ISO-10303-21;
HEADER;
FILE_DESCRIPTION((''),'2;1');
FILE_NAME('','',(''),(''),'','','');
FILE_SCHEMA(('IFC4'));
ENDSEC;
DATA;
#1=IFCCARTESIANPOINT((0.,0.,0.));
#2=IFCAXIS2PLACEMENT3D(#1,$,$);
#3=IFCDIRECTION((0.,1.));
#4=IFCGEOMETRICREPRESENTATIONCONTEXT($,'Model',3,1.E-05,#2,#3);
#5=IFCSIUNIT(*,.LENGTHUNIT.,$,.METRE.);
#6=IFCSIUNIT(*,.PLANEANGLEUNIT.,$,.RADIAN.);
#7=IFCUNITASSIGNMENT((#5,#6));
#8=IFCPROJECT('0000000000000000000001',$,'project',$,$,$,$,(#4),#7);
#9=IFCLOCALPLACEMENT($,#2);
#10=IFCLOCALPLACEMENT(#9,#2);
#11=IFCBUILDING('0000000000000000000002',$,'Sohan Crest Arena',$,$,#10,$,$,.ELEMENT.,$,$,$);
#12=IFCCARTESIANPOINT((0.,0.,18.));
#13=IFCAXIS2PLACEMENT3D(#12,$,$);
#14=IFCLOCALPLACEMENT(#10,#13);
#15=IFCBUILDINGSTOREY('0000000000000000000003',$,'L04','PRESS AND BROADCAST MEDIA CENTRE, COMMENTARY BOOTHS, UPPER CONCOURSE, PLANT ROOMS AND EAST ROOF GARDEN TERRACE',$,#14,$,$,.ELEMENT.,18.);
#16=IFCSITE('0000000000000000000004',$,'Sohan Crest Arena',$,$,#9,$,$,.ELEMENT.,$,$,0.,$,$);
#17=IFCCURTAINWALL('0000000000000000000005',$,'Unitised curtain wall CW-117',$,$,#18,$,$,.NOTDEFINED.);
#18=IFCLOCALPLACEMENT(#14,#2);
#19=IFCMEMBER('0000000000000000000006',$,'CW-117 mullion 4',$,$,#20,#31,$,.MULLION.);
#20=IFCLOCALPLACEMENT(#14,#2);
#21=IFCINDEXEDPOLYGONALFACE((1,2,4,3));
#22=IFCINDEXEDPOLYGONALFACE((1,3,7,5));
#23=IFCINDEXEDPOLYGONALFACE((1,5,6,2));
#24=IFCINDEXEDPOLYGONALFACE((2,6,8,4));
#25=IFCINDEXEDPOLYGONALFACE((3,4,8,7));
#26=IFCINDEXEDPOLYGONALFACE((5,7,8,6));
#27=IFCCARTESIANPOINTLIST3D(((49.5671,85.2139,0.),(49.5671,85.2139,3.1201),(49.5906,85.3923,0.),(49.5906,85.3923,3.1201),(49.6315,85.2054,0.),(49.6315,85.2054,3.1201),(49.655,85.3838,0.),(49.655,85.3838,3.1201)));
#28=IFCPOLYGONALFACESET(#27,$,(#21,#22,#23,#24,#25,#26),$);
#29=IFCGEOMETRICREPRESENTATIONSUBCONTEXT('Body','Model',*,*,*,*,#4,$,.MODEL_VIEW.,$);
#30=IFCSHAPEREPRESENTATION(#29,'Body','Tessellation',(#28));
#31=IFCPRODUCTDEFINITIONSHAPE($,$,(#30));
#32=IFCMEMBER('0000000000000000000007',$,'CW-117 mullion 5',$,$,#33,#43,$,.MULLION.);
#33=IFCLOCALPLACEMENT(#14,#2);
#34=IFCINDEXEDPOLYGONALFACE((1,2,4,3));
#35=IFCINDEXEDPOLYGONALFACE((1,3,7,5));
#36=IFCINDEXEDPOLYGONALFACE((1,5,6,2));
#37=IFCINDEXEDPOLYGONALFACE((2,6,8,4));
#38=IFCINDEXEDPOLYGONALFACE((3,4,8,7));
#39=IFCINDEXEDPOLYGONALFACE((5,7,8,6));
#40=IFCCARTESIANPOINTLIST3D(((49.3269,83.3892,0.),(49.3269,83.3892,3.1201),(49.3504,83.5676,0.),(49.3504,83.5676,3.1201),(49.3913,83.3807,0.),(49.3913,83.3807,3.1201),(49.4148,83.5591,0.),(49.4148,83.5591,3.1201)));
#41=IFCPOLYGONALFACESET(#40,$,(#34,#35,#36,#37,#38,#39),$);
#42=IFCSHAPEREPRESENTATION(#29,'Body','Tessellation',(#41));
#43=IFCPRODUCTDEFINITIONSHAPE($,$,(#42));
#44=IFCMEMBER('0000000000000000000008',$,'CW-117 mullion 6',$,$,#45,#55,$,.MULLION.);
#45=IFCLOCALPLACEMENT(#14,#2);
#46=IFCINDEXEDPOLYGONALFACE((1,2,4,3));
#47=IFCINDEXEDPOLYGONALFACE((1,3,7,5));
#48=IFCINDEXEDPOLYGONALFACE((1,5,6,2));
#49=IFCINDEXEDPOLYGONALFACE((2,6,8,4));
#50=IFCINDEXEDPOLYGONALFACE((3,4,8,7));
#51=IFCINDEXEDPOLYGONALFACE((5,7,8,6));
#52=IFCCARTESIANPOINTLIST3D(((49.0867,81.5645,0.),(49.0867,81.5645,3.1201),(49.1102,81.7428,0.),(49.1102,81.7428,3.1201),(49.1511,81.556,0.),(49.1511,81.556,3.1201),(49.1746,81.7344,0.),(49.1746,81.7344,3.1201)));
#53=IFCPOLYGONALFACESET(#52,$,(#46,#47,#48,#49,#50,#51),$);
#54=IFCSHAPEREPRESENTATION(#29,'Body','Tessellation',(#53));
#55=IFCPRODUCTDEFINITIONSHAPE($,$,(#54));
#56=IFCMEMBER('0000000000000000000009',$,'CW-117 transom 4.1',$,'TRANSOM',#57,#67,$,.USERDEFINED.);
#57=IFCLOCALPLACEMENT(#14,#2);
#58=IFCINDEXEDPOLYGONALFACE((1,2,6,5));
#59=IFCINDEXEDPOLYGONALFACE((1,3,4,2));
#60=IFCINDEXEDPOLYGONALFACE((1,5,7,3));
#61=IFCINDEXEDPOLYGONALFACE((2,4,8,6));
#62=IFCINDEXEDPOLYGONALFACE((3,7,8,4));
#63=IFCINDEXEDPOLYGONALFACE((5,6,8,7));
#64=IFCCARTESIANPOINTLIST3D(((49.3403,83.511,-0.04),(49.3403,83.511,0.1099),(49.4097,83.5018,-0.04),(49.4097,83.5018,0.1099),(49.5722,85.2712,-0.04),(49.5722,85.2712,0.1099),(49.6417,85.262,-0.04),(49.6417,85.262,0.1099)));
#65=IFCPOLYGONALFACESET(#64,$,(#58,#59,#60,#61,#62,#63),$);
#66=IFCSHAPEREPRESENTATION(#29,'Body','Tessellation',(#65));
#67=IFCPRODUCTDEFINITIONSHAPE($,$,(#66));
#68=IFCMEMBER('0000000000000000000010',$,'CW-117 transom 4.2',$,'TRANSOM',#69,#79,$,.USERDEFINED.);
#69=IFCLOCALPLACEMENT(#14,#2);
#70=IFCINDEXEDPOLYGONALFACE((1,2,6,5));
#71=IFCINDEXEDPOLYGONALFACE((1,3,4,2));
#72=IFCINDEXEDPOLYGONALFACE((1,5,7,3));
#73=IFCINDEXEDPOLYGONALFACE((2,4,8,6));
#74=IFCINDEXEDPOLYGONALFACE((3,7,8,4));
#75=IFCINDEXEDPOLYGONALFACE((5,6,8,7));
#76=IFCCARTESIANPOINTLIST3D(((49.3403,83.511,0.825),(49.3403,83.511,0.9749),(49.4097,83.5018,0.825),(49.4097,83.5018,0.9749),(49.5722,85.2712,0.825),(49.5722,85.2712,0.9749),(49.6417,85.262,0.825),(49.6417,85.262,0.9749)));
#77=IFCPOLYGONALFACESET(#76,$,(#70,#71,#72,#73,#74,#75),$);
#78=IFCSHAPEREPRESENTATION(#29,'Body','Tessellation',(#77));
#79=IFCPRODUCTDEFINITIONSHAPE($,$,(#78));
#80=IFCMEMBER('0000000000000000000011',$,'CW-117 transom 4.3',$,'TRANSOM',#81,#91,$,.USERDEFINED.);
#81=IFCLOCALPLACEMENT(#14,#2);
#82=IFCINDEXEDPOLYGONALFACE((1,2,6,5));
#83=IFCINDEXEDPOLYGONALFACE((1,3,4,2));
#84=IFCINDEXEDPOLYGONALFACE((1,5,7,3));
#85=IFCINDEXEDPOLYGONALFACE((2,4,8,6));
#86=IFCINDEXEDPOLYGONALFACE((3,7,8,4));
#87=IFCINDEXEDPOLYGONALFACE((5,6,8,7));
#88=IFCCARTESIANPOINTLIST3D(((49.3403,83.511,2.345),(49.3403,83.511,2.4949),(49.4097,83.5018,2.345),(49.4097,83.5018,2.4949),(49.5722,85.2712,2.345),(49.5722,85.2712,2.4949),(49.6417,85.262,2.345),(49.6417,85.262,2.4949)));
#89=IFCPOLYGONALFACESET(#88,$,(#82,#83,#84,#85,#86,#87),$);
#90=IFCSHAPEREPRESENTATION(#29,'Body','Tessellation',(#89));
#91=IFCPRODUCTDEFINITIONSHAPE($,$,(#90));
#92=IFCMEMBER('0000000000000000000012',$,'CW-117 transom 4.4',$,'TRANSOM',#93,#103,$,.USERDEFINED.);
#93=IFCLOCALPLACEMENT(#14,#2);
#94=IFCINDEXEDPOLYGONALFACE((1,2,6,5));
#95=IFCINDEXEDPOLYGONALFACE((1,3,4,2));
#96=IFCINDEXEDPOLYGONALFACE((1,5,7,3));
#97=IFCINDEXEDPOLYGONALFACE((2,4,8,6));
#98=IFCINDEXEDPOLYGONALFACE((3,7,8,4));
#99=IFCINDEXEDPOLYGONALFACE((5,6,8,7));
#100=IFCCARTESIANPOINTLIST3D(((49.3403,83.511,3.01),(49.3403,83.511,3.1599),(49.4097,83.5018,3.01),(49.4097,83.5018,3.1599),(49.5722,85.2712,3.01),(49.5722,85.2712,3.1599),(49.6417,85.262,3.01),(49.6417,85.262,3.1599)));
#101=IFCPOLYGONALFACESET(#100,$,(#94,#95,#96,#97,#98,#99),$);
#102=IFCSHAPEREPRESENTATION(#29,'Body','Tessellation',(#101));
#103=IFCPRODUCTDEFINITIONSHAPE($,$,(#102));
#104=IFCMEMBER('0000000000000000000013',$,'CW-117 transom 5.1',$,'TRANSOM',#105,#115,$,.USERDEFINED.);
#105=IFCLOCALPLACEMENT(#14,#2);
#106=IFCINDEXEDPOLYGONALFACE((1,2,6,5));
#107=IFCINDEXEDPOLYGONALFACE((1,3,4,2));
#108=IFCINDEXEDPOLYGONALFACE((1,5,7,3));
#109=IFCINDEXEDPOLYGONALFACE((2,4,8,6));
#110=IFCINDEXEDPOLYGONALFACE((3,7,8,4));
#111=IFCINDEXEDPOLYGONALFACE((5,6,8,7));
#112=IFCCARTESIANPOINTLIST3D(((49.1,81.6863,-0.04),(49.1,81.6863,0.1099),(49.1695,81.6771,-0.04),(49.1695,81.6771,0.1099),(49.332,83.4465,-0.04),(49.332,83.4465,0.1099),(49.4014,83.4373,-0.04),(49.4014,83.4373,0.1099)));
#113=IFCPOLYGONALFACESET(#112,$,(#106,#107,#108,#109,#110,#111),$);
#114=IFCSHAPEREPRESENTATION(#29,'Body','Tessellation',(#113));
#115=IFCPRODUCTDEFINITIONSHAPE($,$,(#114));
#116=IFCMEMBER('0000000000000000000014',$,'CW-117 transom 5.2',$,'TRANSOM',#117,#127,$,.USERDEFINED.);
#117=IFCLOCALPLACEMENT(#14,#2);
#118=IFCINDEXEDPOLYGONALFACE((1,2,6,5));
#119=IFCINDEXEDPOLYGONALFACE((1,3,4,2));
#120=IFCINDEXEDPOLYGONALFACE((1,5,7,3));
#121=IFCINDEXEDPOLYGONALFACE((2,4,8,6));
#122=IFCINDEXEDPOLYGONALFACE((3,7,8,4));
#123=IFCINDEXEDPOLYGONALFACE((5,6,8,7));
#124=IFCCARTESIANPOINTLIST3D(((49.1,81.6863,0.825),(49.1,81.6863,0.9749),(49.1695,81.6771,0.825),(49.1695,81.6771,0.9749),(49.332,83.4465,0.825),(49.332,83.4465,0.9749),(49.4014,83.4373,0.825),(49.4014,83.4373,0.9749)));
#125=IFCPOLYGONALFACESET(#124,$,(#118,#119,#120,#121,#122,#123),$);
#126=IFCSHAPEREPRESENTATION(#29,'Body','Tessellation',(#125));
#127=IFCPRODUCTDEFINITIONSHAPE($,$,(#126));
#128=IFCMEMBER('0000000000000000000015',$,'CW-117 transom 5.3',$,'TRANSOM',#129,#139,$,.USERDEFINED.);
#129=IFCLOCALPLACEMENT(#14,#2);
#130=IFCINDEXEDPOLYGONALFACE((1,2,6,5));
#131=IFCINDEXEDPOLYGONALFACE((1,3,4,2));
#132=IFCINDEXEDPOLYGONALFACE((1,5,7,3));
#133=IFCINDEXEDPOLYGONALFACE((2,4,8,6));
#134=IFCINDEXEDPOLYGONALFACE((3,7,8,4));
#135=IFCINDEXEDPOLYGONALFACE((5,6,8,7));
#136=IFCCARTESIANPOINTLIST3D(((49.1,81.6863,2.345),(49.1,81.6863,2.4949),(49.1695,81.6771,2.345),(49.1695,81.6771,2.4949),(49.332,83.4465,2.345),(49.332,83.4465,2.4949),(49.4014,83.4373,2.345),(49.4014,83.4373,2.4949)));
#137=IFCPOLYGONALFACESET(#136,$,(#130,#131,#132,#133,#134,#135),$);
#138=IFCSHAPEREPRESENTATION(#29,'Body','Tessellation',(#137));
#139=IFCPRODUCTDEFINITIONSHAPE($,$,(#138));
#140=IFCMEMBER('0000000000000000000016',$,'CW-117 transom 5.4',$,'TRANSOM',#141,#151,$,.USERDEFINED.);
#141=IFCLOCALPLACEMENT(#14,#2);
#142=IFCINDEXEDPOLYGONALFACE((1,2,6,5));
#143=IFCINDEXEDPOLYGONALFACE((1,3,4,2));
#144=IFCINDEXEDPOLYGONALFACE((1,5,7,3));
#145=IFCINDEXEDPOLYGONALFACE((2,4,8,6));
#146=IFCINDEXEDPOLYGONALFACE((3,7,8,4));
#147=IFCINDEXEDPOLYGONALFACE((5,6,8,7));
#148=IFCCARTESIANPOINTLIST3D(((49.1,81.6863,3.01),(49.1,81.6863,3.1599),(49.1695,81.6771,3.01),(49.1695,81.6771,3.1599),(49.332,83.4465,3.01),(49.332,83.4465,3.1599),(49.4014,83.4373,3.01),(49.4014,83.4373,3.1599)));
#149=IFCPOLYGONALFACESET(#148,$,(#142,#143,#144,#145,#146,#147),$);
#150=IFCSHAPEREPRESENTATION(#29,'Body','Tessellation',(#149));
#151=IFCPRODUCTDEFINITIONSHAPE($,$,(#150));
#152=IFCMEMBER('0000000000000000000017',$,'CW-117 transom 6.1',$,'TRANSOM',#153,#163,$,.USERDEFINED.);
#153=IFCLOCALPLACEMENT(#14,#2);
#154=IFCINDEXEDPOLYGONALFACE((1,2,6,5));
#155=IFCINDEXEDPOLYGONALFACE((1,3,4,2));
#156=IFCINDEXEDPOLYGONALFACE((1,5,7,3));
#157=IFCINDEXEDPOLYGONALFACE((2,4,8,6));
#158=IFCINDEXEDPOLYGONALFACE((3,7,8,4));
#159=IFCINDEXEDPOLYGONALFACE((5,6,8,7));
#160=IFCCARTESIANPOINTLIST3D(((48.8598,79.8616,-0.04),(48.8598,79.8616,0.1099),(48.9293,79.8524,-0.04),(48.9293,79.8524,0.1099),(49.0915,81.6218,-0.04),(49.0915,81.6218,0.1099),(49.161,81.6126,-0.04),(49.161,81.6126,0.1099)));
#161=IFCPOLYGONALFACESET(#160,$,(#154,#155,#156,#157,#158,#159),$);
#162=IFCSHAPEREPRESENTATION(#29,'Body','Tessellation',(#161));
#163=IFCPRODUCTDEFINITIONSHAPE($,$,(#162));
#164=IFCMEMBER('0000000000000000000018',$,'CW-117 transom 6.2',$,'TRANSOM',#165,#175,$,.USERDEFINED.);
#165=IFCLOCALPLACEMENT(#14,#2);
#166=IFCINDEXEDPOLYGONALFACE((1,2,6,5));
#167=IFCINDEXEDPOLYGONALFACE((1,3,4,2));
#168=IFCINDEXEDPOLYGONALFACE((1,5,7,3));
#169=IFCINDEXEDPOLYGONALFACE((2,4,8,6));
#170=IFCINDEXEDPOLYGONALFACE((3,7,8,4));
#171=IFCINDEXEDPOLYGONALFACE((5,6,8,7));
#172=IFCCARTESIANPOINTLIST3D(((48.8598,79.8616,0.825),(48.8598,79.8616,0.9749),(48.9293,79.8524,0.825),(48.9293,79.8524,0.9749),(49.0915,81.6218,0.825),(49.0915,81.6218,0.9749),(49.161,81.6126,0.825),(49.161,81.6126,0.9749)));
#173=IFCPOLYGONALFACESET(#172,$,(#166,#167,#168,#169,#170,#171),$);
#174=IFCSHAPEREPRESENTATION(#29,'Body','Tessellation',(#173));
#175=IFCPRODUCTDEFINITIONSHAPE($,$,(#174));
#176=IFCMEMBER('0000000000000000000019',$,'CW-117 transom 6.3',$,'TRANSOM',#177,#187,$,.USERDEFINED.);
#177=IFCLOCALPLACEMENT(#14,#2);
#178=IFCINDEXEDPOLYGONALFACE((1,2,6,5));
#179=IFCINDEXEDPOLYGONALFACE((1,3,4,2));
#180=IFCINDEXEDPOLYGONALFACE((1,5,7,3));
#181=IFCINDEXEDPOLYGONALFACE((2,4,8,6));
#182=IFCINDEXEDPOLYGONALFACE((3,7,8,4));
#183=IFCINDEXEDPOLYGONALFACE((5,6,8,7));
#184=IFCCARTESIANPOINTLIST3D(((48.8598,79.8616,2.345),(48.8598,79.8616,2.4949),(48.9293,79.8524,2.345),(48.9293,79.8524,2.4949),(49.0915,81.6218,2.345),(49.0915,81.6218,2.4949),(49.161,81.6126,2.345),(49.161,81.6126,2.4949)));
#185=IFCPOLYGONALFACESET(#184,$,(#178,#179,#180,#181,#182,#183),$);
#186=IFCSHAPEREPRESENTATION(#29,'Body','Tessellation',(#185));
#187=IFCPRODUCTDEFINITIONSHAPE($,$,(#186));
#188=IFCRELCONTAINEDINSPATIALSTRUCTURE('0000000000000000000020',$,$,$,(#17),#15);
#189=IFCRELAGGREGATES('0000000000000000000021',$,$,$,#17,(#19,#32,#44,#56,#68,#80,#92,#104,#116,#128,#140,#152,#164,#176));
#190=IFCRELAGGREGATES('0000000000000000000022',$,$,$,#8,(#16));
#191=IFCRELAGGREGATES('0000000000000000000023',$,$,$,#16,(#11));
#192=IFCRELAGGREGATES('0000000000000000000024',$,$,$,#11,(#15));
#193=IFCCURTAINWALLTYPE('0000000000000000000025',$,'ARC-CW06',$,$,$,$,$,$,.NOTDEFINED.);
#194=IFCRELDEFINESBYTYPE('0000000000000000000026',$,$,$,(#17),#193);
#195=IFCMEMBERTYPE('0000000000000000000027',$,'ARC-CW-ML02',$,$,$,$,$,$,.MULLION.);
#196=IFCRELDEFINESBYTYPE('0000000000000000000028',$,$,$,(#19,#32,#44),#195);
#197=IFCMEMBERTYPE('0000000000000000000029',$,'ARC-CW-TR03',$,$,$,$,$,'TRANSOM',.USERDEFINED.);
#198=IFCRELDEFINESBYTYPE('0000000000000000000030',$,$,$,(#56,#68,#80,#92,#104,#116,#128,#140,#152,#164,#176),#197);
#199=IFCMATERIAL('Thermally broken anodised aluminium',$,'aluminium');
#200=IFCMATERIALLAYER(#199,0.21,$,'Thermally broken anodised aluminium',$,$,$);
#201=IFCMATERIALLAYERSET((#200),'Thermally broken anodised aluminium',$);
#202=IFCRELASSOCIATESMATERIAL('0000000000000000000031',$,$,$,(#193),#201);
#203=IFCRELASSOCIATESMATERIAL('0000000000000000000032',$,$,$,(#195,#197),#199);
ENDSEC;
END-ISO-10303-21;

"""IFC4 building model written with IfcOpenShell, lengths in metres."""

from ifc_helpers import new_model, si_unit, direction, frame, origin, origin_2d, place, context, subcontext, project, spatial, rectangle, extrude, material, layer, layer_set, material_profile, profile_set, type_object, element, aggregate, save


model = new_model("IFC4")

# Units and contexts
model_context = context("Model", 3, precision=1e-05, world=origin(), true_north=direction((0.0, 1.0)))
body_context = subcontext(model_context, "Body", "Model", "MODEL_VIEW")
ifc_project = project(units=[si_unit("LENGTHUNIT", "METRE"), si_unit("PLANEANGLEUNIT", "RADIAN")], contexts=[model_context])

# Site, building, storey
site_placement = place(None, origin())
site = spatial("IfcSite", under=ifc_project, at=site_placement, Name="Sohan Crest Arena", CompositionType="ELEMENT", RefElevation=0.0)
building_placement = place(site_placement, origin())
building = spatial("IfcBuilding", under=site, at=building_placement, Name="Sohan Crest Arena", CompositionType="ELEMENT")
storey_placement = place(building_placement, frame((0.0, 0.0, 18.0)))
storey = spatial("IfcBuildingStorey", under=building, at=storey_placement, Name="L04", Description="PRESS AND BROADCAST MEDIA CENTRE, COMMENTARY BOOTHS, UPPER CONCOURSE, PLANT ROOMS AND EAST ROOF GARDEN TERRACE", CompositionType="ELEMENT", Elevation=18.0)

# Curtain wall, members
ifc_material_1 = material(Name="Thermally broken anodised aluminium", Category="aluminium")
ifc_layer_1 = layer(ifc_material_1, 0.21, Name="Thermally broken anodised aluminium")
ifc_layer_set_1 = layer_set([ifc_layer_1], Name="Thermally broken anodised aluminium")
curtain_wall_type_1 = type_object("IfcCurtainWallType", Name="ARC-CW06", PredefinedType="NOTDEFINED", material=ifc_layer_set_1)
curtain_wall_1_placement = place(storey_placement, origin())
curtain_wall_1 = element("IfcCurtainWall", 1, at=curtain_wall_1_placement, inside=storey, type_object=curtain_wall_type_1, Name="Unitised curtain wall CW-117", PredefinedType="NOTDEFINED")
ifc_material_profile_1 = material_profile(ifc_material_1, rectangle(XDim=0.0649, YDim=0.1799, at=origin_2d()), Name="ALU-MULL 65x180")
ifc_profile_set_1 = profile_set([ifc_material_profile_1], Name="Thermally broken anodised aluminium")
member_type_1 = type_object("IfcMemberType", Name="ARC-CW-ML02", PredefinedType="MULLION", material=ifc_profile_set_1)
member_1_placement = place(storey_placement, frame((49.6111, 85.2988, 0.0), z_axis=(0.0, 0.0, 1.0), x_axis=(0.991441, -0.130557, 0.0)))
member_1 = element("IfcMember", 2, at=member_1_placement, type_object=member_type_1, Name="CW-117 mullion 4", PredefinedType="MULLION", context=body_context, shape_type="SweptSolid", body=[
    extrude(rectangle(XDim=0.0649, YDim=0.1799, at=origin_2d()), origin(), (0.0, 0.0, 1.0), 3.1201),
])
member_2_placement = place(storey_placement, frame((49.3708, 83.4741, 0.0), z_axis=(0.0, 0.0, 1.0), x_axis=(0.991441, -0.130557, 0.0)))
member_2 = element("IfcMember", 3, at=member_2_placement, type_object=member_type_1, Name="CW-117 mullion 5", PredefinedType="MULLION", context=body_context, shape_type="SweptSolid", body=[
    extrude(rectangle(XDim=0.0649, YDim=0.1799, at=origin_2d()), origin(), (0.0, 0.0, 1.0), 3.1201),
])
member_3_placement = place(storey_placement, frame((49.1306, 81.6494, 0.0), z_axis=(0.0, 0.0, 1.0), x_axis=(0.991441, -0.130557, 0.0)))
member_3 = element("IfcMember", 4, at=member_3_placement, type_object=member_type_1, Name="CW-117 mullion 6", PredefinedType="MULLION", context=body_context, shape_type="SweptSolid", body=[
    extrude(rectangle(XDim=0.0649, YDim=0.1799, at=origin_2d()), origin(), (0.0, 0.0, 1.0), 3.1201),
])
ifc_material_profile_2 = material_profile(ifc_material_1, rectangle(XDim=0.0701, YDim=0.1499, at=origin_2d()), Name="ALU-TRAN 70x150")
ifc_profile_set_2 = profile_set([ifc_material_profile_2], Name="Thermally broken anodised aluminium")
member_type_2 = type_object("IfcMemberType", Name="ARC-CW-TR03", ElementType="TRANSOM", PredefinedType="USERDEFINED", material=ifc_profile_set_2)
member_4_placement = place(storey_placement, frame((49.6069, 85.2666, 0.0349), z_axis=(-0.130632, -0.991431, 0.0), x_axis=(0.991431, -0.130632, 0.0)))
member_4 = element("IfcMember", 5, at=member_4_placement, type_object=member_type_2, Name="CW-117 transom 4.1", ObjectType="TRANSOM", PredefinedType="USERDEFINED", context=body_context, shape_type="SweptSolid", body=[
    extrude(rectangle(XDim=0.0701, YDim=0.1499, at=origin_2d()), origin(), (0.0, 0.0, 1.0), 1.7754),
])
member_5_placement = place(storey_placement, frame((49.6069, 85.2666, 0.8999), z_axis=(-0.130632, -0.991431, 0.0), x_axis=(0.991431, -0.130632, 0.0)))
member_5 = element("IfcMember", 6, at=member_5_placement, type_object=member_type_2, Name="CW-117 transom 4.2", ObjectType="TRANSOM", PredefinedType="USERDEFINED", context=body_context, shape_type="SweptSolid", body=[
    extrude(rectangle(XDim=0.0701, YDim=0.1499, at=origin_2d()), origin(), (0.0, 0.0, 1.0), 1.7754),
])
member_6_placement = place(storey_placement, frame((49.6069, 85.2666, 2.4199), z_axis=(-0.130632, -0.991431, 0.0), x_axis=(0.991431, -0.130632, 0.0)))
member_6 = element("IfcMember", 7, at=member_6_placement, type_object=member_type_2, Name="CW-117 transom 4.3", ObjectType="TRANSOM", PredefinedType="USERDEFINED", context=body_context, shape_type="SweptSolid", body=[
    extrude(rectangle(XDim=0.0701, YDim=0.1499, at=origin_2d()), origin(), (0.0, 0.0, 1.0), 1.7754),
])
member_7_placement = place(storey_placement, frame((49.6069, 85.2666, 3.085), z_axis=(-0.130632, -0.991431, 0.0), x_axis=(0.991431, -0.130632, 0.0)))
member_7 = element("IfcMember", 8, at=member_7_placement, type_object=member_type_2, Name="CW-117 transom 4.4", ObjectType="TRANSOM", PredefinedType="USERDEFINED", context=body_context, shape_type="SweptSolid", body=[
    extrude(rectangle(XDim=0.0701, YDim=0.1499, at=origin_2d()), origin(), (0.0, 0.0, 1.0), 1.7754),
])
member_8_placement = place(storey_placement, frame((49.3667, 83.4419, 0.0349), z_axis=(-0.130632, -0.991431, 0.0), x_axis=(0.991431, -0.130632, 0.0)))
member_8 = element("IfcMember", 9, at=member_8_placement, type_object=member_type_2, Name="CW-117 transom 5.1", ObjectType="TRANSOM", PredefinedType="USERDEFINED", context=body_context, shape_type="SweptSolid", body=[
    extrude(rectangle(XDim=0.0701, YDim=0.1499, at=origin_2d()), origin(), (0.0, 0.0, 1.0), 1.7754),
])
member_9_placement = place(storey_placement, frame((49.3667, 83.4419, 0.8999), z_axis=(-0.130632, -0.991431, 0.0), x_axis=(0.991431, -0.130632, 0.0)))
member_9 = element("IfcMember", 10, at=member_9_placement, type_object=member_type_2, Name="CW-117 transom 5.2", ObjectType="TRANSOM", PredefinedType="USERDEFINED", context=body_context, shape_type="SweptSolid", body=[
    extrude(rectangle(XDim=0.0701, YDim=0.1499, at=origin_2d()), origin(), (0.0, 0.0, 1.0), 1.7754),
])
member_10_placement = place(storey_placement, frame((49.3667, 83.4419, 2.4199), z_axis=(-0.130632, -0.991431, 0.0), x_axis=(0.991431, -0.130632, 0.0)))
member_10 = element("IfcMember", 11, at=member_10_placement, type_object=member_type_2, Name="CW-117 transom 5.3", ObjectType="TRANSOM", PredefinedType="USERDEFINED", context=body_context, shape_type="SweptSolid", body=[
    extrude(rectangle(XDim=0.0701, YDim=0.1499, at=origin_2d()), origin(), (0.0, 0.0, 1.0), 1.7754),
])
member_11_placement = place(storey_placement, frame((49.3667, 83.4419, 3.085), z_axis=(-0.130632, -0.991431, 0.0), x_axis=(0.991431, -0.130632, 0.0)))
member_11 = element("IfcMember", 12, at=member_11_placement, type_object=member_type_2, Name="CW-117 transom 5.4", ObjectType="TRANSOM", PredefinedType="USERDEFINED", context=body_context, shape_type="SweptSolid", body=[
    extrude(rectangle(XDim=0.0701, YDim=0.1499, at=origin_2d()), origin(), (0.0, 0.0, 1.0), 1.7754),
])
member_12_placement = place(storey_placement, frame((49.1262, 81.6172, 0.0349), z_axis=(-0.130497, -0.991449, 0.0), x_axis=(0.991449, -0.130497, 0.0)))
member_12 = element("IfcMember", 13, at=member_12_placement, type_object=member_type_2, Name="CW-117 transom 6.1", ObjectType="TRANSOM", PredefinedType="USERDEFINED", context=body_context, shape_type="SweptSolid", body=[
    extrude(rectangle(XDim=0.0701, YDim=0.1499, at=origin_2d()), origin(), (0.0, 0.0, 1.0), 1.7754),
])
member_13_placement = place(storey_placement, frame((49.1262, 81.6172, 0.8999), z_axis=(-0.130497, -0.991449, 0.0), x_axis=(0.991449, -0.130497, 0.0)))
member_13 = element("IfcMember", 14, at=member_13_placement, type_object=member_type_2, Name="CW-117 transom 6.2", ObjectType="TRANSOM", PredefinedType="USERDEFINED", context=body_context, shape_type="SweptSolid", body=[
    extrude(rectangle(XDim=0.0701, YDim=0.1499, at=origin_2d()), origin(), (0.0, 0.0, 1.0), 1.7754),
])
member_14_placement = place(storey_placement, frame((49.1262, 81.6172, 2.4199), z_axis=(-0.130497, -0.991449, 0.0), x_axis=(0.991449, -0.130497, 0.0)))
member_14 = element("IfcMember", 15, at=member_14_placement, type_object=member_type_2, Name="CW-117 transom 6.3", ObjectType="TRANSOM", PredefinedType="USERDEFINED", context=body_context, shape_type="SweptSolid", body=[
    extrude(rectangle(XDim=0.0701, YDim=0.1499, at=origin_2d()), origin(), (0.0, 0.0, 1.0), 1.7754),
])
aggregate(curtain_wall_1, [member_1, member_2, member_3, member_4, member_5, member_6, member_7, member_8, member_9, member_10, member_11, member_12, member_13, member_14])

save(model, "model.ifc")
